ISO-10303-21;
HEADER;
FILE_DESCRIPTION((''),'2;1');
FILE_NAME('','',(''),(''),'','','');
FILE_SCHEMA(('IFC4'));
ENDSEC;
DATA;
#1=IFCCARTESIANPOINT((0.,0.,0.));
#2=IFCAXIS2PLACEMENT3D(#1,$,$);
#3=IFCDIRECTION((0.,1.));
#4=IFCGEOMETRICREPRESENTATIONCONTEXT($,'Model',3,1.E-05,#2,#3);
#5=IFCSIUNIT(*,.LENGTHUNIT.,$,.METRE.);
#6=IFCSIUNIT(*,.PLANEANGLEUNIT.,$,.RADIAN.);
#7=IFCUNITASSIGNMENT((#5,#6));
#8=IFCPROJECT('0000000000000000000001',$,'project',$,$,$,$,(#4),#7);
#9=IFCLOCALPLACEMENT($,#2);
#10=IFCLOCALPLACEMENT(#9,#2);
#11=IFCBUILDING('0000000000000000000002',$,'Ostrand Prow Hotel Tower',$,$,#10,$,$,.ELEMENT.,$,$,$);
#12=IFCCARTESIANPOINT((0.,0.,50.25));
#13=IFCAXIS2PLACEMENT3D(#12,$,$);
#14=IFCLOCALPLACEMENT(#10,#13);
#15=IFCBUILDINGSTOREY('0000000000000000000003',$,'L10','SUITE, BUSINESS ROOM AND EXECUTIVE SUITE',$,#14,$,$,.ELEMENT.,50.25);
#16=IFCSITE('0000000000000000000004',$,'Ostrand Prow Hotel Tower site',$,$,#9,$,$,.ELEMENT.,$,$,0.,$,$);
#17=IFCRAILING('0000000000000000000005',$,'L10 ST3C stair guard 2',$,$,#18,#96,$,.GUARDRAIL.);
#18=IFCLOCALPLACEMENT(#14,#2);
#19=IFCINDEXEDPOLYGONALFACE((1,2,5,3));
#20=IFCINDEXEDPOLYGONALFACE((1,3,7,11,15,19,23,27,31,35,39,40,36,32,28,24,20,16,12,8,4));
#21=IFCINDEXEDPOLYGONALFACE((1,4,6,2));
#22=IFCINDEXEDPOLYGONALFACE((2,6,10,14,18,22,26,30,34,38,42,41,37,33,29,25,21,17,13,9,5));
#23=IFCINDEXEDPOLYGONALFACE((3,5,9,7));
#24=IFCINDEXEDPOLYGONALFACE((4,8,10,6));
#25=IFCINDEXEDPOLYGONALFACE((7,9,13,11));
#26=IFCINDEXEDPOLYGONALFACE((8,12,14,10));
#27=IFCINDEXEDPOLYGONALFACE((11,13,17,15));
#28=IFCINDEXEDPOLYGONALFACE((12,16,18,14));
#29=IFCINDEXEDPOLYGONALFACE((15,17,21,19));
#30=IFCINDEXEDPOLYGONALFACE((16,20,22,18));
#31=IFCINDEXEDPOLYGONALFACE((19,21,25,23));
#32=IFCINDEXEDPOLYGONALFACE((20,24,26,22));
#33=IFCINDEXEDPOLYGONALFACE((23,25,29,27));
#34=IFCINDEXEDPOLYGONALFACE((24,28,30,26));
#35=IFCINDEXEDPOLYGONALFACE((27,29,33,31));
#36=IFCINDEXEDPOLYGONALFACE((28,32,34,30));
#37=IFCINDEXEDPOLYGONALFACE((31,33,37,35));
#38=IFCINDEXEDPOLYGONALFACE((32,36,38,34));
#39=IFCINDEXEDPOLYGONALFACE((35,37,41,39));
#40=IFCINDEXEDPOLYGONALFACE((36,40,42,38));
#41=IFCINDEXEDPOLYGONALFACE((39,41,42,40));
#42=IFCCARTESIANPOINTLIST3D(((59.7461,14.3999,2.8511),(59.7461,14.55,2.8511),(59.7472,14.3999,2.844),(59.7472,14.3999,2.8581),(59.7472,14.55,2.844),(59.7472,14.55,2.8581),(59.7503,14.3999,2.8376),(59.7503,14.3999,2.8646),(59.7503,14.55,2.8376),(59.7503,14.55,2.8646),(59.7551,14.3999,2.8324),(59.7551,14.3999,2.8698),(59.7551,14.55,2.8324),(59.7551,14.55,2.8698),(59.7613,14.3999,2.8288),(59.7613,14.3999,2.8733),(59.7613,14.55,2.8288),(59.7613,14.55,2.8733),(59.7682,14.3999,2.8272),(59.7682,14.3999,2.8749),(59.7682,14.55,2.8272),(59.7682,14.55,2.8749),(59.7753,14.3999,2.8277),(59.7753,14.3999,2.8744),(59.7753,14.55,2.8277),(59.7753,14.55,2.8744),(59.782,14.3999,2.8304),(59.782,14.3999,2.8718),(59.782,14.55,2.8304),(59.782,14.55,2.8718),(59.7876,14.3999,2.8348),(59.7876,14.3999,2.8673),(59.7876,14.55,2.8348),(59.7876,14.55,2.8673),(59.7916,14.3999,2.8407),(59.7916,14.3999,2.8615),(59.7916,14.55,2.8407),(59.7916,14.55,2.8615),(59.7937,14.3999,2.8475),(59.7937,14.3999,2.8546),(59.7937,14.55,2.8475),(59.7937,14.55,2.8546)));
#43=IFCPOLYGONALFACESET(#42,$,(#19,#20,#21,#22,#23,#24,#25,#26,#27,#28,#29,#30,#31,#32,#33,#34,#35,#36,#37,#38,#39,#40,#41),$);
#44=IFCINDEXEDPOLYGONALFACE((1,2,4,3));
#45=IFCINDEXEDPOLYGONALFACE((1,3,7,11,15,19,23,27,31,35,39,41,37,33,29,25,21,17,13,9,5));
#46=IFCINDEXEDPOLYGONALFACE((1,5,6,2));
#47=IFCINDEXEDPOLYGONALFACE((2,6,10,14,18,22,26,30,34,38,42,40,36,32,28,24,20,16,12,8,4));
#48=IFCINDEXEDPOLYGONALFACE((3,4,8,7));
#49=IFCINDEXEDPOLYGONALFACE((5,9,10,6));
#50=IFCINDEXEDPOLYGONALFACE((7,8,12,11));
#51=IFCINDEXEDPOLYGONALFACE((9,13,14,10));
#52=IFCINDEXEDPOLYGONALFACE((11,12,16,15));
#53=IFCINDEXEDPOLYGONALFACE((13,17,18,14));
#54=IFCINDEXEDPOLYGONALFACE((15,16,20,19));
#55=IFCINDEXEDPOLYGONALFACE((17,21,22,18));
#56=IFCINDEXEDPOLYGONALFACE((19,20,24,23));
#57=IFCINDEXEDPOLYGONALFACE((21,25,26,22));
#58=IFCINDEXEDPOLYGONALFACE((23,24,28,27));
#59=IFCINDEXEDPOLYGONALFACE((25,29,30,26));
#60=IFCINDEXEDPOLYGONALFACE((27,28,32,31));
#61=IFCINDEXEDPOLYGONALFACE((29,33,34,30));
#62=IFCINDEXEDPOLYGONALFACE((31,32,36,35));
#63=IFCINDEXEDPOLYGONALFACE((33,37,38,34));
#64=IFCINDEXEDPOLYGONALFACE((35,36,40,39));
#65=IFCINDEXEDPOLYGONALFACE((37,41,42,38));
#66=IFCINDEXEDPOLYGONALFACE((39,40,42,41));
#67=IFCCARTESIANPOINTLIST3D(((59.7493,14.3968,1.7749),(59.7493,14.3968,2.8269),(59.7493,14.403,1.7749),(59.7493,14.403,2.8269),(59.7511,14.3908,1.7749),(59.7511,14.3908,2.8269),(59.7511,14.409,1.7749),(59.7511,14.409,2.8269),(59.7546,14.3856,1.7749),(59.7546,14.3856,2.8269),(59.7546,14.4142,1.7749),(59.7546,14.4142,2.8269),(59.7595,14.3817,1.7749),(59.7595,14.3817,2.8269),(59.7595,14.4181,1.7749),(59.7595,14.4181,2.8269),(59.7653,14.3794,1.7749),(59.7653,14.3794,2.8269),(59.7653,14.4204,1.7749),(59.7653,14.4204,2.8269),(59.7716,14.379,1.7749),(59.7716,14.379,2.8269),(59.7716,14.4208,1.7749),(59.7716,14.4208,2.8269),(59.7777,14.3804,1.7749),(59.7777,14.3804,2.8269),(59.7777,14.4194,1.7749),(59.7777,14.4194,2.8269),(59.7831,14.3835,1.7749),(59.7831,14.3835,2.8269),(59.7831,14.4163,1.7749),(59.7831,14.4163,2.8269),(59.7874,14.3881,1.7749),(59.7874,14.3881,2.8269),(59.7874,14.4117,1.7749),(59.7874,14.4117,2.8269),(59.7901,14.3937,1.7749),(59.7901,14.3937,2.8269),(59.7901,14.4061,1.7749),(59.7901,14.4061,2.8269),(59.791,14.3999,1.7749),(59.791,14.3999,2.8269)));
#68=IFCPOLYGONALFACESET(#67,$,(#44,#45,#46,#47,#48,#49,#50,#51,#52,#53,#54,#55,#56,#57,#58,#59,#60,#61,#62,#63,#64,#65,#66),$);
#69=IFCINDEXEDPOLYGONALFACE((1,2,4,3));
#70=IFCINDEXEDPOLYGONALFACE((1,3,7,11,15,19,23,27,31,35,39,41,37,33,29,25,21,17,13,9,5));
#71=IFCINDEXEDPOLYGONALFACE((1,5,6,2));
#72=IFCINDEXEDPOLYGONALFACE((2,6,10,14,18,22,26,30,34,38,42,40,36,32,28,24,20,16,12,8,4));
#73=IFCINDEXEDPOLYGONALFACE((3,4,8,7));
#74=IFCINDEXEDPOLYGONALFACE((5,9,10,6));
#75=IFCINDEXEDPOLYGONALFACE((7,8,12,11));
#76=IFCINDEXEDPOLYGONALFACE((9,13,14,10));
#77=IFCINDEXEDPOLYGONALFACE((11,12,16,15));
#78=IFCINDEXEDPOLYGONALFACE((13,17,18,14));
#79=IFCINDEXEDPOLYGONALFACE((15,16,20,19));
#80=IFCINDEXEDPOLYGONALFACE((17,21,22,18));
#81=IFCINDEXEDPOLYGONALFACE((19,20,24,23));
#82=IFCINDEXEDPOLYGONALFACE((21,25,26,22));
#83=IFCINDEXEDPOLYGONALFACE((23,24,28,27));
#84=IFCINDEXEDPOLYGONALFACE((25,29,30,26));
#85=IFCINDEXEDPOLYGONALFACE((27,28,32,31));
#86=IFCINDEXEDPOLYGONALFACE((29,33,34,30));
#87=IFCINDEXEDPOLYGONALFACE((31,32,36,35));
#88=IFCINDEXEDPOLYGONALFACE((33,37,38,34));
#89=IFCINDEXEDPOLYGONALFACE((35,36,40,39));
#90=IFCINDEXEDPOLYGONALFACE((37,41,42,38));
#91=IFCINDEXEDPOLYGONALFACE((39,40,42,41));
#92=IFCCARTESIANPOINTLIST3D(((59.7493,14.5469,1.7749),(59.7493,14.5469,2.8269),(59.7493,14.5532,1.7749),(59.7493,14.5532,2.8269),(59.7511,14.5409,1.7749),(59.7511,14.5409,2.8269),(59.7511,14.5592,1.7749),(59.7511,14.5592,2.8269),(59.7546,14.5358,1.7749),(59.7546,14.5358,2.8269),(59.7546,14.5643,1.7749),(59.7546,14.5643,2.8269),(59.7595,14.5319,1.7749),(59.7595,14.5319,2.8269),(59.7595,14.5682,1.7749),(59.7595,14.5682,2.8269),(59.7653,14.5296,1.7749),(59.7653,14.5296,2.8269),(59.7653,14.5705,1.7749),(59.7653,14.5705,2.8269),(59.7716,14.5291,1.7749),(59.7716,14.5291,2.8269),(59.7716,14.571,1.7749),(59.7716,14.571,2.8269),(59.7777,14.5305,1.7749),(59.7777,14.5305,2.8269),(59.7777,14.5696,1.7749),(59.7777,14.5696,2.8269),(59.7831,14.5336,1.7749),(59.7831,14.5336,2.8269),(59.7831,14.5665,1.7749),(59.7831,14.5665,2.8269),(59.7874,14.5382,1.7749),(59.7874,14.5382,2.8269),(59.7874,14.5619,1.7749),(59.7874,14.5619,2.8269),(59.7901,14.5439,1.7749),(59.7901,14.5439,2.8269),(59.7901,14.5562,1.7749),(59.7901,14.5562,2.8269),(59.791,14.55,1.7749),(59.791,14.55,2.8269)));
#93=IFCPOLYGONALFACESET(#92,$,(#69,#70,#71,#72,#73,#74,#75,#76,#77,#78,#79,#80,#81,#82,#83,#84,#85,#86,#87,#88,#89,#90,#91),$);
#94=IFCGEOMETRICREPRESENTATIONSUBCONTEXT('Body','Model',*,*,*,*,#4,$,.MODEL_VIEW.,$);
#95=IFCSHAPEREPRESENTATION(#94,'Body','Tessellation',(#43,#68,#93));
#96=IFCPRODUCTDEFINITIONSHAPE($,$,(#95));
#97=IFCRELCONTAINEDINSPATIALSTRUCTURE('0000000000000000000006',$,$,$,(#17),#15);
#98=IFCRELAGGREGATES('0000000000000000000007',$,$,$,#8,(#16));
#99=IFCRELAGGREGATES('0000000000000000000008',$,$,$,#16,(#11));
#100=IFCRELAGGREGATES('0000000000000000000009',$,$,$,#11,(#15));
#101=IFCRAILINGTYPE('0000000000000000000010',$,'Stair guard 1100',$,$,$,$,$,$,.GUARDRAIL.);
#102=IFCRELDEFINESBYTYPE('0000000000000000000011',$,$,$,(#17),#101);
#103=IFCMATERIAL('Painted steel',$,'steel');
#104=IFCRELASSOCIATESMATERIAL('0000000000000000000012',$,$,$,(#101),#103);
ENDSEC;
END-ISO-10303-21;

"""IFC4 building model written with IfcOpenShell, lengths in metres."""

from ifc_helpers import new_model, si_unit, direction, frame, origin, origin_2d, place, context, subcontext, project, spatial, circle, extrude, material, type_object, element, save


model = new_model("IFC4")

# Units and contexts
model_context = context("Model", 3, precision=1e-05, world=origin(), true_north=direction((0.0, 1.0)))
body_context = subcontext(model_context, "Body", "Model", "MODEL_VIEW")
ifc_project = project(units=[si_unit("LENGTHUNIT", "METRE"), si_unit("PLANEANGLEUNIT", "RADIAN")], contexts=[model_context])

# Site, building, storey
site_placement = place(None, origin())
site = spatial("IfcSite", under=ifc_project, at=site_placement, Name="Ostrand Prow Hotel Tower site", CompositionType="ELEMENT", RefElevation=0.0)
building_placement = place(site_placement, origin())
building = spatial("IfcBuilding", under=site, at=building_placement, Name="Ostrand Prow Hotel Tower", CompositionType="ELEMENT")
storey_placement = place(building_placement, frame((0.0, 0.0, 50.25)))
storey = spatial("IfcBuildingStorey", under=building, at=storey_placement, Name="L10", Description="SUITE, BUSINESS ROOM AND EXECUTIVE SUITE", CompositionType="ELEMENT", Elevation=50.25)

# Railing
ifc_material_1 = material(Name="Painted steel", Category="steel")
railing_type_1 = type_object("IfcRailingType", Name="Stair guard 1100", PredefinedType="GUARDRAIL", material=ifc_material_1)
railing_1_placement = place(storey_placement, frame((59.77, 14.3999, 1.7749)))
element("IfcRailing", 1, at=railing_1_placement, inside=storey, type_object=railing_type_1, Name="L10 ST3C stair guard 2", PredefinedType="GUARDRAIL", context=body_context, shape_type="SweptSolid", body=[
    extrude(circle(Radius=0.0239, at=origin_2d()), frame((0.0, 0.0, 1.0762), z_axis=(0.0, 1.0, 0.0), x_axis=(-1.0, 0.0, 0.0)), (0.0, 0.0, 1.0), 0.1501),
    extrude(circle(Radius=0.021, at=origin_2d()), origin(), (0.0, 0.0, 1.0), 1.052),
    extrude(circle(Radius=0.021, at=origin_2d()), frame((0.0, 0.1501, 0.0)), (0.0, 0.0, 1.0), 1.052),
])

save(model, "model.ifc")
